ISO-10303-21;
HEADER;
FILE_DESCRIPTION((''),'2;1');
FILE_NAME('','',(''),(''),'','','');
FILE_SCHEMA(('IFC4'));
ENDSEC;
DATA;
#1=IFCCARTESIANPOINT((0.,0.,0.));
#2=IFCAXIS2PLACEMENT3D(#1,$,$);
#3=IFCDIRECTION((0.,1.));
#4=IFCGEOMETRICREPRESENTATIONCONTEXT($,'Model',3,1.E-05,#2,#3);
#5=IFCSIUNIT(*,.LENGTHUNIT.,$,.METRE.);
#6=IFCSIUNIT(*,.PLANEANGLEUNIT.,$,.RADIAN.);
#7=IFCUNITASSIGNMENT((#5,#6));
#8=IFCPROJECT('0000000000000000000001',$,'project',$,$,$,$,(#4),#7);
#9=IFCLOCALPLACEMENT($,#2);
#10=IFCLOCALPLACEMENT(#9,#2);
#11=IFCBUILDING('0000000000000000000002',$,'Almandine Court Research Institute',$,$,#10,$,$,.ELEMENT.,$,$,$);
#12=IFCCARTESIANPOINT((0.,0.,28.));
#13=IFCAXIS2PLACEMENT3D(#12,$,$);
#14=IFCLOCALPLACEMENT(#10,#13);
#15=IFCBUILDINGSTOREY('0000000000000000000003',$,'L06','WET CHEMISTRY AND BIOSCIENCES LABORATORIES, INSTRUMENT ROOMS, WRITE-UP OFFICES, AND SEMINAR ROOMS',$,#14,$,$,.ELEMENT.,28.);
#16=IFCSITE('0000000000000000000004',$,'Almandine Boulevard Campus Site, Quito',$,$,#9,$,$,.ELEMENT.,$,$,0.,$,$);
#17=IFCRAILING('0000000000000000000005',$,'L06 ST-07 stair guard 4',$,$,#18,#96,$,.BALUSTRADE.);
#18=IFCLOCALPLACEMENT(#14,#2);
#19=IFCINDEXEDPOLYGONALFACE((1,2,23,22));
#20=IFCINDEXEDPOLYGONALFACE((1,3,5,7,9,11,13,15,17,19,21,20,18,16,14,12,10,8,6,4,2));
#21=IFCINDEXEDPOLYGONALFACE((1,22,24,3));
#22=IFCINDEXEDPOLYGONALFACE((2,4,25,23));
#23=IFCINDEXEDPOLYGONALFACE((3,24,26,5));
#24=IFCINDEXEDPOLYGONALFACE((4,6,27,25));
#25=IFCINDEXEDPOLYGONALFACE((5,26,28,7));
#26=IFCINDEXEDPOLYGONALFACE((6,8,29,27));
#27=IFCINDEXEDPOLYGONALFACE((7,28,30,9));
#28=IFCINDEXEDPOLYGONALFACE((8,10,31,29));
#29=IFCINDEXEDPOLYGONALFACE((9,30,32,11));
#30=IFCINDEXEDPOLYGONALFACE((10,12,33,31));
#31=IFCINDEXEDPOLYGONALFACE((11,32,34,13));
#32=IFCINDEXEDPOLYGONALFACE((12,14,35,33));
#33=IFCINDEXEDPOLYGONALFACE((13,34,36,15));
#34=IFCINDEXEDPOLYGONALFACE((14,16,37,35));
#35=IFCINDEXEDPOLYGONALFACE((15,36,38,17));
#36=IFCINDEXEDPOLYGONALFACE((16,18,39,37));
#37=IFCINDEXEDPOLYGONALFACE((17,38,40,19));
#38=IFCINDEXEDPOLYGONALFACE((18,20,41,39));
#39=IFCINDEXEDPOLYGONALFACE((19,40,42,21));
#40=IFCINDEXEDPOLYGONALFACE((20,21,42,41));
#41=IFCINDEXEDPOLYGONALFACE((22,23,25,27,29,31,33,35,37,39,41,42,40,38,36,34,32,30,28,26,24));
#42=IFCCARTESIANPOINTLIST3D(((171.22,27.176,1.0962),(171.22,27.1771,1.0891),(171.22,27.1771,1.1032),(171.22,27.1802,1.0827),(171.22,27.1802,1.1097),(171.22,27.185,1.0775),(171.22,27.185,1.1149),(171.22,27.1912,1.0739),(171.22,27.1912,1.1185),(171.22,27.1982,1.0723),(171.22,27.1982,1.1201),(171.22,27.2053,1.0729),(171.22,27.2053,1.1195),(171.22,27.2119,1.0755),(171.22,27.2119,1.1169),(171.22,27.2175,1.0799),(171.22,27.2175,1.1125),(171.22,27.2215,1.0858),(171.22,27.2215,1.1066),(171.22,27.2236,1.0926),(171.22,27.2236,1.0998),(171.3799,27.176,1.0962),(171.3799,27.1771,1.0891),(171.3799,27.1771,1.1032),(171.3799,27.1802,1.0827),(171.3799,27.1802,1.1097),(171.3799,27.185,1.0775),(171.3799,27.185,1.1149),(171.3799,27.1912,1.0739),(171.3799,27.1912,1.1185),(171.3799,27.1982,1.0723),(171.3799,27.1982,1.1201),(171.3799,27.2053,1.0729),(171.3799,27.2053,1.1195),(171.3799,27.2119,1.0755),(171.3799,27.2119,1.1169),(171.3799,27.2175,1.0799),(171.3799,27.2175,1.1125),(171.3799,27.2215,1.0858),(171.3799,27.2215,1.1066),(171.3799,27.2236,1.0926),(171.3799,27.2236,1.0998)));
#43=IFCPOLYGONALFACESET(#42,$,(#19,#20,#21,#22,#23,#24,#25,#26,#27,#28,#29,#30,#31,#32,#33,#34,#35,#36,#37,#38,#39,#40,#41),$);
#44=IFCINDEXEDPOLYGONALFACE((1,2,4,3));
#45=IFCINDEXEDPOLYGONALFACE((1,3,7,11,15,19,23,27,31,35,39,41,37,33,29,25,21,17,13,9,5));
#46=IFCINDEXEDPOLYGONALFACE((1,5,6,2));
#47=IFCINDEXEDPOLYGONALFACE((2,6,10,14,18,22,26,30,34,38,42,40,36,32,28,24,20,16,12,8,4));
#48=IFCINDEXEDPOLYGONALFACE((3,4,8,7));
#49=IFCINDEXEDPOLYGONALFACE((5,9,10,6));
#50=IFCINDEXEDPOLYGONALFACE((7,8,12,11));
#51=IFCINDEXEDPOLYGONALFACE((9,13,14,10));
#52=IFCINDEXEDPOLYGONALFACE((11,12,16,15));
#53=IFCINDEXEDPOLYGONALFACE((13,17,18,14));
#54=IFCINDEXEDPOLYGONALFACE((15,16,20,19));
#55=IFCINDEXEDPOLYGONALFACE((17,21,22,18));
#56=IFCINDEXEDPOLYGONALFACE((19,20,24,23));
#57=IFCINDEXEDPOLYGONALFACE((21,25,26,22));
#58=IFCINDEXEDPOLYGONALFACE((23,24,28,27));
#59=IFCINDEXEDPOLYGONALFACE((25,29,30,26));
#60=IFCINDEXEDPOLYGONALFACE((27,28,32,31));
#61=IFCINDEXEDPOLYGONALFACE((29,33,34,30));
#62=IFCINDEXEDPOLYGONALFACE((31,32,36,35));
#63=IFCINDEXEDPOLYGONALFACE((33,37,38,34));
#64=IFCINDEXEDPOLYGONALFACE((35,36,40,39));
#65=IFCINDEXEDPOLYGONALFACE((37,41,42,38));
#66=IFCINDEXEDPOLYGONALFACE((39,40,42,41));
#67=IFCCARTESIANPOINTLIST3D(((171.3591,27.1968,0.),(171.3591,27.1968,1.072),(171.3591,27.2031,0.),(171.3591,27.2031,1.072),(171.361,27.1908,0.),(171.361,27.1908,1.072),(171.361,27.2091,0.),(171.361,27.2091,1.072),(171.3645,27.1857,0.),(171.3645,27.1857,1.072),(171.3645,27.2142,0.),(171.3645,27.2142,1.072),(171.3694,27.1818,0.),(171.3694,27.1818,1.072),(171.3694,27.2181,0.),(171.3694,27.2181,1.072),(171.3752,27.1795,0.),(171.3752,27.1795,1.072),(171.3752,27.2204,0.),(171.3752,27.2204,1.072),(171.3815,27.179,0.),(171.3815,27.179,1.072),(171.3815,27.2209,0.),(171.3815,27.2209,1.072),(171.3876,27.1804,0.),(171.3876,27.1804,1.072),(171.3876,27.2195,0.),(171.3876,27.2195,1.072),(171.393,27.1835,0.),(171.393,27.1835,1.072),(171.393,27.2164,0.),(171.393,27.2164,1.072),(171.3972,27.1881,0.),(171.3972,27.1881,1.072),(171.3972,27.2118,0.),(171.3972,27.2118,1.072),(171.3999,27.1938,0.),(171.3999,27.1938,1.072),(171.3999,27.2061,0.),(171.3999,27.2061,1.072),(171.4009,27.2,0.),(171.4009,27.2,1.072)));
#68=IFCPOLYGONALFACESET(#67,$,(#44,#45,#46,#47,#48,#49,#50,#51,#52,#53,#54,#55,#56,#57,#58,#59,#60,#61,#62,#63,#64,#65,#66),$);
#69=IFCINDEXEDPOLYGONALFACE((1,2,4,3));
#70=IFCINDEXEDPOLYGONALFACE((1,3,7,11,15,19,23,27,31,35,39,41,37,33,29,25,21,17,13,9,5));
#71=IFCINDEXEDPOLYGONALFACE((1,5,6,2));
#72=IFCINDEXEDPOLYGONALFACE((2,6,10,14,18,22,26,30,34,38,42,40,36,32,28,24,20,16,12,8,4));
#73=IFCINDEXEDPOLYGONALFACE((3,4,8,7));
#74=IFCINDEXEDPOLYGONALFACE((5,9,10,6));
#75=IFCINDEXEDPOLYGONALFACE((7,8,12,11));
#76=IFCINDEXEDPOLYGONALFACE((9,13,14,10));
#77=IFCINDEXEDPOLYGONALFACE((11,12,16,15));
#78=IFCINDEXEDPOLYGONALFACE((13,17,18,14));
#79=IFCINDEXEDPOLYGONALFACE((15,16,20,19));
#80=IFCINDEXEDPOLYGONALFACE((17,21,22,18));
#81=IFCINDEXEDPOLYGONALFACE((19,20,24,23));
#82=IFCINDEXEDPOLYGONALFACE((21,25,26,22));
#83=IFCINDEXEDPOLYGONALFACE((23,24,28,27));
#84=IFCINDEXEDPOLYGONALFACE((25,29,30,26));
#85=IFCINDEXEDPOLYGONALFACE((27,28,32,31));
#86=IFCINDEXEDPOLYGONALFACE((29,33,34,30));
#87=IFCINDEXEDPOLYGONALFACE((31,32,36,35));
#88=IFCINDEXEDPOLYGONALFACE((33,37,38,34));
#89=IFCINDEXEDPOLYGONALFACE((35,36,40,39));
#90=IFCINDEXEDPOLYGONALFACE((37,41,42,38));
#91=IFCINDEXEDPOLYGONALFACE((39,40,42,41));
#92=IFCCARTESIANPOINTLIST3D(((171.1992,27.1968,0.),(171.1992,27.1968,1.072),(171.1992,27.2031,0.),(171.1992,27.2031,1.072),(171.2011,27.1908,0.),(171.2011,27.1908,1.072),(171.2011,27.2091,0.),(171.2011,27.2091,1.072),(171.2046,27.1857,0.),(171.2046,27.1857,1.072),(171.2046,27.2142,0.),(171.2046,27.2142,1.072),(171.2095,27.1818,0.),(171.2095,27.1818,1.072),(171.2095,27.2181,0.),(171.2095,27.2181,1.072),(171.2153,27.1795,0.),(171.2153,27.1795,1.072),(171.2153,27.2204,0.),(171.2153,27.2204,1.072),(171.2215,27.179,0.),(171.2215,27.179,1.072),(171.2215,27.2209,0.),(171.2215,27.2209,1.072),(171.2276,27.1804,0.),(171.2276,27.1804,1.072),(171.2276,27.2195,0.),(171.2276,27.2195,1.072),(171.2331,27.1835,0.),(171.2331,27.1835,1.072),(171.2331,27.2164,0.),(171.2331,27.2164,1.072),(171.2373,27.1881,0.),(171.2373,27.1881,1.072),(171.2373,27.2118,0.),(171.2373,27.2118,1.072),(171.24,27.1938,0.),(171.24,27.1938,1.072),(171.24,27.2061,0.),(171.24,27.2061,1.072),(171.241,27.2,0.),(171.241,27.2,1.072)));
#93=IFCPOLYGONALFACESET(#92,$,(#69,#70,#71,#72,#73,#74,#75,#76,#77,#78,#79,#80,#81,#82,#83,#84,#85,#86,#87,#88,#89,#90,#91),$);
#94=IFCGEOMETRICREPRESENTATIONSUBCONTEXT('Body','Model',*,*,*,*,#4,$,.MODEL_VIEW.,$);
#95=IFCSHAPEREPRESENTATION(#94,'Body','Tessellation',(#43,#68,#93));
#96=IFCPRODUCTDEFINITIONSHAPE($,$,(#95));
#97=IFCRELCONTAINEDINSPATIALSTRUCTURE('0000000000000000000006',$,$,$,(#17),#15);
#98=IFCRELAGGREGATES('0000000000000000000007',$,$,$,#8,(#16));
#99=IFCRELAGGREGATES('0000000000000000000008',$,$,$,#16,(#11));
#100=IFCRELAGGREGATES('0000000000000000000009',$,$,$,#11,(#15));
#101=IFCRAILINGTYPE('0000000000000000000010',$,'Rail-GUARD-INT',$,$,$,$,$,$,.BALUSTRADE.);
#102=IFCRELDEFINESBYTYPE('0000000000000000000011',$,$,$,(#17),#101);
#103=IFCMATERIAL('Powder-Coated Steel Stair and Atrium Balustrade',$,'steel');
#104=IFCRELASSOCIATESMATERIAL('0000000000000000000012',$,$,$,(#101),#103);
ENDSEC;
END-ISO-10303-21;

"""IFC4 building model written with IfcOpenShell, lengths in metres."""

from ifc_helpers import new_model, si_unit, direction, frame, origin, origin_2d, place, context, subcontext, project, spatial, circle, extrude, material, type_object, element, save


model = new_model("IFC4")

# Units and contexts
model_context = context("Model", 3, precision=1e-05, world=origin(), true_north=direction((0.0, 1.0)))
body_context = subcontext(model_context, "Body", "Model", "MODEL_VIEW")
ifc_project = project(units=[si_unit("LENGTHUNIT", "METRE"), si_unit("PLANEANGLEUNIT", "RADIAN")], contexts=[model_context])

# Site, building, storey
site_placement = place(None, origin())
site = spatial("IfcSite", under=ifc_project, at=site_placement, Name="Almandine Boulevard Campus Site, Quito", CompositionType="ELEMENT", RefElevation=0.0)
building_placement = place(site_placement, origin())
building = spatial("IfcBuilding", under=site, at=building_placement, Name="Almandine Court Research Institute", CompositionType="ELEMENT")
storey_placement = place(building_placement, frame((0.0, 0.0, 28.0)))
storey = spatial("IfcBuildingStorey", under=building, at=storey_placement, Name="L06", Description="WET CHEMISTRY AND BIOSCIENCES LABORATORIES, INSTRUMENT ROOMS, WRITE-UP OFFICES, AND SEMINAR ROOMS", CompositionType="ELEMENT", Elevation=28.0)

# Railing
ifc_material_1 = material(Name="Powder-Coated Steel Stair and Atrium Balustrade", Category="steel")
railing_type_1 = type_object("IfcRailingType", Name="Rail-GUARD-INT", PredefinedType="BALUSTRADE", material=ifc_material_1)
railing_1_placement = place(storey_placement, frame((171.3799, 27.2, 0.0)))
element("IfcRailing", 1, at=railing_1_placement, inside=storey, type_object=railing_type_1, Name="L06 ST-07 stair guard 4", PredefinedType="BALUSTRADE", context=body_context, shape_type="SweptSolid", body=[
    extrude(circle(Radius=0.0239, at=origin_2d()), frame((0.0, 0.0, 1.0962), z_axis=(-1.0, 0.0, 0.0), x_axis=(0.0, -1.0, 0.0)), (0.0, 0.0, 1.0), 0.1599),
    extrude(circle(Radius=0.021, at=origin_2d()), origin(), (0.0, 0.0, 1.0), 1.072),
    extrude(circle(Radius=0.021, at=origin_2d()), frame((-0.1599, 0.0, 0.0)), (0.0, 0.0, 1.0), 1.072),
])

save(model, "model.ifc")
